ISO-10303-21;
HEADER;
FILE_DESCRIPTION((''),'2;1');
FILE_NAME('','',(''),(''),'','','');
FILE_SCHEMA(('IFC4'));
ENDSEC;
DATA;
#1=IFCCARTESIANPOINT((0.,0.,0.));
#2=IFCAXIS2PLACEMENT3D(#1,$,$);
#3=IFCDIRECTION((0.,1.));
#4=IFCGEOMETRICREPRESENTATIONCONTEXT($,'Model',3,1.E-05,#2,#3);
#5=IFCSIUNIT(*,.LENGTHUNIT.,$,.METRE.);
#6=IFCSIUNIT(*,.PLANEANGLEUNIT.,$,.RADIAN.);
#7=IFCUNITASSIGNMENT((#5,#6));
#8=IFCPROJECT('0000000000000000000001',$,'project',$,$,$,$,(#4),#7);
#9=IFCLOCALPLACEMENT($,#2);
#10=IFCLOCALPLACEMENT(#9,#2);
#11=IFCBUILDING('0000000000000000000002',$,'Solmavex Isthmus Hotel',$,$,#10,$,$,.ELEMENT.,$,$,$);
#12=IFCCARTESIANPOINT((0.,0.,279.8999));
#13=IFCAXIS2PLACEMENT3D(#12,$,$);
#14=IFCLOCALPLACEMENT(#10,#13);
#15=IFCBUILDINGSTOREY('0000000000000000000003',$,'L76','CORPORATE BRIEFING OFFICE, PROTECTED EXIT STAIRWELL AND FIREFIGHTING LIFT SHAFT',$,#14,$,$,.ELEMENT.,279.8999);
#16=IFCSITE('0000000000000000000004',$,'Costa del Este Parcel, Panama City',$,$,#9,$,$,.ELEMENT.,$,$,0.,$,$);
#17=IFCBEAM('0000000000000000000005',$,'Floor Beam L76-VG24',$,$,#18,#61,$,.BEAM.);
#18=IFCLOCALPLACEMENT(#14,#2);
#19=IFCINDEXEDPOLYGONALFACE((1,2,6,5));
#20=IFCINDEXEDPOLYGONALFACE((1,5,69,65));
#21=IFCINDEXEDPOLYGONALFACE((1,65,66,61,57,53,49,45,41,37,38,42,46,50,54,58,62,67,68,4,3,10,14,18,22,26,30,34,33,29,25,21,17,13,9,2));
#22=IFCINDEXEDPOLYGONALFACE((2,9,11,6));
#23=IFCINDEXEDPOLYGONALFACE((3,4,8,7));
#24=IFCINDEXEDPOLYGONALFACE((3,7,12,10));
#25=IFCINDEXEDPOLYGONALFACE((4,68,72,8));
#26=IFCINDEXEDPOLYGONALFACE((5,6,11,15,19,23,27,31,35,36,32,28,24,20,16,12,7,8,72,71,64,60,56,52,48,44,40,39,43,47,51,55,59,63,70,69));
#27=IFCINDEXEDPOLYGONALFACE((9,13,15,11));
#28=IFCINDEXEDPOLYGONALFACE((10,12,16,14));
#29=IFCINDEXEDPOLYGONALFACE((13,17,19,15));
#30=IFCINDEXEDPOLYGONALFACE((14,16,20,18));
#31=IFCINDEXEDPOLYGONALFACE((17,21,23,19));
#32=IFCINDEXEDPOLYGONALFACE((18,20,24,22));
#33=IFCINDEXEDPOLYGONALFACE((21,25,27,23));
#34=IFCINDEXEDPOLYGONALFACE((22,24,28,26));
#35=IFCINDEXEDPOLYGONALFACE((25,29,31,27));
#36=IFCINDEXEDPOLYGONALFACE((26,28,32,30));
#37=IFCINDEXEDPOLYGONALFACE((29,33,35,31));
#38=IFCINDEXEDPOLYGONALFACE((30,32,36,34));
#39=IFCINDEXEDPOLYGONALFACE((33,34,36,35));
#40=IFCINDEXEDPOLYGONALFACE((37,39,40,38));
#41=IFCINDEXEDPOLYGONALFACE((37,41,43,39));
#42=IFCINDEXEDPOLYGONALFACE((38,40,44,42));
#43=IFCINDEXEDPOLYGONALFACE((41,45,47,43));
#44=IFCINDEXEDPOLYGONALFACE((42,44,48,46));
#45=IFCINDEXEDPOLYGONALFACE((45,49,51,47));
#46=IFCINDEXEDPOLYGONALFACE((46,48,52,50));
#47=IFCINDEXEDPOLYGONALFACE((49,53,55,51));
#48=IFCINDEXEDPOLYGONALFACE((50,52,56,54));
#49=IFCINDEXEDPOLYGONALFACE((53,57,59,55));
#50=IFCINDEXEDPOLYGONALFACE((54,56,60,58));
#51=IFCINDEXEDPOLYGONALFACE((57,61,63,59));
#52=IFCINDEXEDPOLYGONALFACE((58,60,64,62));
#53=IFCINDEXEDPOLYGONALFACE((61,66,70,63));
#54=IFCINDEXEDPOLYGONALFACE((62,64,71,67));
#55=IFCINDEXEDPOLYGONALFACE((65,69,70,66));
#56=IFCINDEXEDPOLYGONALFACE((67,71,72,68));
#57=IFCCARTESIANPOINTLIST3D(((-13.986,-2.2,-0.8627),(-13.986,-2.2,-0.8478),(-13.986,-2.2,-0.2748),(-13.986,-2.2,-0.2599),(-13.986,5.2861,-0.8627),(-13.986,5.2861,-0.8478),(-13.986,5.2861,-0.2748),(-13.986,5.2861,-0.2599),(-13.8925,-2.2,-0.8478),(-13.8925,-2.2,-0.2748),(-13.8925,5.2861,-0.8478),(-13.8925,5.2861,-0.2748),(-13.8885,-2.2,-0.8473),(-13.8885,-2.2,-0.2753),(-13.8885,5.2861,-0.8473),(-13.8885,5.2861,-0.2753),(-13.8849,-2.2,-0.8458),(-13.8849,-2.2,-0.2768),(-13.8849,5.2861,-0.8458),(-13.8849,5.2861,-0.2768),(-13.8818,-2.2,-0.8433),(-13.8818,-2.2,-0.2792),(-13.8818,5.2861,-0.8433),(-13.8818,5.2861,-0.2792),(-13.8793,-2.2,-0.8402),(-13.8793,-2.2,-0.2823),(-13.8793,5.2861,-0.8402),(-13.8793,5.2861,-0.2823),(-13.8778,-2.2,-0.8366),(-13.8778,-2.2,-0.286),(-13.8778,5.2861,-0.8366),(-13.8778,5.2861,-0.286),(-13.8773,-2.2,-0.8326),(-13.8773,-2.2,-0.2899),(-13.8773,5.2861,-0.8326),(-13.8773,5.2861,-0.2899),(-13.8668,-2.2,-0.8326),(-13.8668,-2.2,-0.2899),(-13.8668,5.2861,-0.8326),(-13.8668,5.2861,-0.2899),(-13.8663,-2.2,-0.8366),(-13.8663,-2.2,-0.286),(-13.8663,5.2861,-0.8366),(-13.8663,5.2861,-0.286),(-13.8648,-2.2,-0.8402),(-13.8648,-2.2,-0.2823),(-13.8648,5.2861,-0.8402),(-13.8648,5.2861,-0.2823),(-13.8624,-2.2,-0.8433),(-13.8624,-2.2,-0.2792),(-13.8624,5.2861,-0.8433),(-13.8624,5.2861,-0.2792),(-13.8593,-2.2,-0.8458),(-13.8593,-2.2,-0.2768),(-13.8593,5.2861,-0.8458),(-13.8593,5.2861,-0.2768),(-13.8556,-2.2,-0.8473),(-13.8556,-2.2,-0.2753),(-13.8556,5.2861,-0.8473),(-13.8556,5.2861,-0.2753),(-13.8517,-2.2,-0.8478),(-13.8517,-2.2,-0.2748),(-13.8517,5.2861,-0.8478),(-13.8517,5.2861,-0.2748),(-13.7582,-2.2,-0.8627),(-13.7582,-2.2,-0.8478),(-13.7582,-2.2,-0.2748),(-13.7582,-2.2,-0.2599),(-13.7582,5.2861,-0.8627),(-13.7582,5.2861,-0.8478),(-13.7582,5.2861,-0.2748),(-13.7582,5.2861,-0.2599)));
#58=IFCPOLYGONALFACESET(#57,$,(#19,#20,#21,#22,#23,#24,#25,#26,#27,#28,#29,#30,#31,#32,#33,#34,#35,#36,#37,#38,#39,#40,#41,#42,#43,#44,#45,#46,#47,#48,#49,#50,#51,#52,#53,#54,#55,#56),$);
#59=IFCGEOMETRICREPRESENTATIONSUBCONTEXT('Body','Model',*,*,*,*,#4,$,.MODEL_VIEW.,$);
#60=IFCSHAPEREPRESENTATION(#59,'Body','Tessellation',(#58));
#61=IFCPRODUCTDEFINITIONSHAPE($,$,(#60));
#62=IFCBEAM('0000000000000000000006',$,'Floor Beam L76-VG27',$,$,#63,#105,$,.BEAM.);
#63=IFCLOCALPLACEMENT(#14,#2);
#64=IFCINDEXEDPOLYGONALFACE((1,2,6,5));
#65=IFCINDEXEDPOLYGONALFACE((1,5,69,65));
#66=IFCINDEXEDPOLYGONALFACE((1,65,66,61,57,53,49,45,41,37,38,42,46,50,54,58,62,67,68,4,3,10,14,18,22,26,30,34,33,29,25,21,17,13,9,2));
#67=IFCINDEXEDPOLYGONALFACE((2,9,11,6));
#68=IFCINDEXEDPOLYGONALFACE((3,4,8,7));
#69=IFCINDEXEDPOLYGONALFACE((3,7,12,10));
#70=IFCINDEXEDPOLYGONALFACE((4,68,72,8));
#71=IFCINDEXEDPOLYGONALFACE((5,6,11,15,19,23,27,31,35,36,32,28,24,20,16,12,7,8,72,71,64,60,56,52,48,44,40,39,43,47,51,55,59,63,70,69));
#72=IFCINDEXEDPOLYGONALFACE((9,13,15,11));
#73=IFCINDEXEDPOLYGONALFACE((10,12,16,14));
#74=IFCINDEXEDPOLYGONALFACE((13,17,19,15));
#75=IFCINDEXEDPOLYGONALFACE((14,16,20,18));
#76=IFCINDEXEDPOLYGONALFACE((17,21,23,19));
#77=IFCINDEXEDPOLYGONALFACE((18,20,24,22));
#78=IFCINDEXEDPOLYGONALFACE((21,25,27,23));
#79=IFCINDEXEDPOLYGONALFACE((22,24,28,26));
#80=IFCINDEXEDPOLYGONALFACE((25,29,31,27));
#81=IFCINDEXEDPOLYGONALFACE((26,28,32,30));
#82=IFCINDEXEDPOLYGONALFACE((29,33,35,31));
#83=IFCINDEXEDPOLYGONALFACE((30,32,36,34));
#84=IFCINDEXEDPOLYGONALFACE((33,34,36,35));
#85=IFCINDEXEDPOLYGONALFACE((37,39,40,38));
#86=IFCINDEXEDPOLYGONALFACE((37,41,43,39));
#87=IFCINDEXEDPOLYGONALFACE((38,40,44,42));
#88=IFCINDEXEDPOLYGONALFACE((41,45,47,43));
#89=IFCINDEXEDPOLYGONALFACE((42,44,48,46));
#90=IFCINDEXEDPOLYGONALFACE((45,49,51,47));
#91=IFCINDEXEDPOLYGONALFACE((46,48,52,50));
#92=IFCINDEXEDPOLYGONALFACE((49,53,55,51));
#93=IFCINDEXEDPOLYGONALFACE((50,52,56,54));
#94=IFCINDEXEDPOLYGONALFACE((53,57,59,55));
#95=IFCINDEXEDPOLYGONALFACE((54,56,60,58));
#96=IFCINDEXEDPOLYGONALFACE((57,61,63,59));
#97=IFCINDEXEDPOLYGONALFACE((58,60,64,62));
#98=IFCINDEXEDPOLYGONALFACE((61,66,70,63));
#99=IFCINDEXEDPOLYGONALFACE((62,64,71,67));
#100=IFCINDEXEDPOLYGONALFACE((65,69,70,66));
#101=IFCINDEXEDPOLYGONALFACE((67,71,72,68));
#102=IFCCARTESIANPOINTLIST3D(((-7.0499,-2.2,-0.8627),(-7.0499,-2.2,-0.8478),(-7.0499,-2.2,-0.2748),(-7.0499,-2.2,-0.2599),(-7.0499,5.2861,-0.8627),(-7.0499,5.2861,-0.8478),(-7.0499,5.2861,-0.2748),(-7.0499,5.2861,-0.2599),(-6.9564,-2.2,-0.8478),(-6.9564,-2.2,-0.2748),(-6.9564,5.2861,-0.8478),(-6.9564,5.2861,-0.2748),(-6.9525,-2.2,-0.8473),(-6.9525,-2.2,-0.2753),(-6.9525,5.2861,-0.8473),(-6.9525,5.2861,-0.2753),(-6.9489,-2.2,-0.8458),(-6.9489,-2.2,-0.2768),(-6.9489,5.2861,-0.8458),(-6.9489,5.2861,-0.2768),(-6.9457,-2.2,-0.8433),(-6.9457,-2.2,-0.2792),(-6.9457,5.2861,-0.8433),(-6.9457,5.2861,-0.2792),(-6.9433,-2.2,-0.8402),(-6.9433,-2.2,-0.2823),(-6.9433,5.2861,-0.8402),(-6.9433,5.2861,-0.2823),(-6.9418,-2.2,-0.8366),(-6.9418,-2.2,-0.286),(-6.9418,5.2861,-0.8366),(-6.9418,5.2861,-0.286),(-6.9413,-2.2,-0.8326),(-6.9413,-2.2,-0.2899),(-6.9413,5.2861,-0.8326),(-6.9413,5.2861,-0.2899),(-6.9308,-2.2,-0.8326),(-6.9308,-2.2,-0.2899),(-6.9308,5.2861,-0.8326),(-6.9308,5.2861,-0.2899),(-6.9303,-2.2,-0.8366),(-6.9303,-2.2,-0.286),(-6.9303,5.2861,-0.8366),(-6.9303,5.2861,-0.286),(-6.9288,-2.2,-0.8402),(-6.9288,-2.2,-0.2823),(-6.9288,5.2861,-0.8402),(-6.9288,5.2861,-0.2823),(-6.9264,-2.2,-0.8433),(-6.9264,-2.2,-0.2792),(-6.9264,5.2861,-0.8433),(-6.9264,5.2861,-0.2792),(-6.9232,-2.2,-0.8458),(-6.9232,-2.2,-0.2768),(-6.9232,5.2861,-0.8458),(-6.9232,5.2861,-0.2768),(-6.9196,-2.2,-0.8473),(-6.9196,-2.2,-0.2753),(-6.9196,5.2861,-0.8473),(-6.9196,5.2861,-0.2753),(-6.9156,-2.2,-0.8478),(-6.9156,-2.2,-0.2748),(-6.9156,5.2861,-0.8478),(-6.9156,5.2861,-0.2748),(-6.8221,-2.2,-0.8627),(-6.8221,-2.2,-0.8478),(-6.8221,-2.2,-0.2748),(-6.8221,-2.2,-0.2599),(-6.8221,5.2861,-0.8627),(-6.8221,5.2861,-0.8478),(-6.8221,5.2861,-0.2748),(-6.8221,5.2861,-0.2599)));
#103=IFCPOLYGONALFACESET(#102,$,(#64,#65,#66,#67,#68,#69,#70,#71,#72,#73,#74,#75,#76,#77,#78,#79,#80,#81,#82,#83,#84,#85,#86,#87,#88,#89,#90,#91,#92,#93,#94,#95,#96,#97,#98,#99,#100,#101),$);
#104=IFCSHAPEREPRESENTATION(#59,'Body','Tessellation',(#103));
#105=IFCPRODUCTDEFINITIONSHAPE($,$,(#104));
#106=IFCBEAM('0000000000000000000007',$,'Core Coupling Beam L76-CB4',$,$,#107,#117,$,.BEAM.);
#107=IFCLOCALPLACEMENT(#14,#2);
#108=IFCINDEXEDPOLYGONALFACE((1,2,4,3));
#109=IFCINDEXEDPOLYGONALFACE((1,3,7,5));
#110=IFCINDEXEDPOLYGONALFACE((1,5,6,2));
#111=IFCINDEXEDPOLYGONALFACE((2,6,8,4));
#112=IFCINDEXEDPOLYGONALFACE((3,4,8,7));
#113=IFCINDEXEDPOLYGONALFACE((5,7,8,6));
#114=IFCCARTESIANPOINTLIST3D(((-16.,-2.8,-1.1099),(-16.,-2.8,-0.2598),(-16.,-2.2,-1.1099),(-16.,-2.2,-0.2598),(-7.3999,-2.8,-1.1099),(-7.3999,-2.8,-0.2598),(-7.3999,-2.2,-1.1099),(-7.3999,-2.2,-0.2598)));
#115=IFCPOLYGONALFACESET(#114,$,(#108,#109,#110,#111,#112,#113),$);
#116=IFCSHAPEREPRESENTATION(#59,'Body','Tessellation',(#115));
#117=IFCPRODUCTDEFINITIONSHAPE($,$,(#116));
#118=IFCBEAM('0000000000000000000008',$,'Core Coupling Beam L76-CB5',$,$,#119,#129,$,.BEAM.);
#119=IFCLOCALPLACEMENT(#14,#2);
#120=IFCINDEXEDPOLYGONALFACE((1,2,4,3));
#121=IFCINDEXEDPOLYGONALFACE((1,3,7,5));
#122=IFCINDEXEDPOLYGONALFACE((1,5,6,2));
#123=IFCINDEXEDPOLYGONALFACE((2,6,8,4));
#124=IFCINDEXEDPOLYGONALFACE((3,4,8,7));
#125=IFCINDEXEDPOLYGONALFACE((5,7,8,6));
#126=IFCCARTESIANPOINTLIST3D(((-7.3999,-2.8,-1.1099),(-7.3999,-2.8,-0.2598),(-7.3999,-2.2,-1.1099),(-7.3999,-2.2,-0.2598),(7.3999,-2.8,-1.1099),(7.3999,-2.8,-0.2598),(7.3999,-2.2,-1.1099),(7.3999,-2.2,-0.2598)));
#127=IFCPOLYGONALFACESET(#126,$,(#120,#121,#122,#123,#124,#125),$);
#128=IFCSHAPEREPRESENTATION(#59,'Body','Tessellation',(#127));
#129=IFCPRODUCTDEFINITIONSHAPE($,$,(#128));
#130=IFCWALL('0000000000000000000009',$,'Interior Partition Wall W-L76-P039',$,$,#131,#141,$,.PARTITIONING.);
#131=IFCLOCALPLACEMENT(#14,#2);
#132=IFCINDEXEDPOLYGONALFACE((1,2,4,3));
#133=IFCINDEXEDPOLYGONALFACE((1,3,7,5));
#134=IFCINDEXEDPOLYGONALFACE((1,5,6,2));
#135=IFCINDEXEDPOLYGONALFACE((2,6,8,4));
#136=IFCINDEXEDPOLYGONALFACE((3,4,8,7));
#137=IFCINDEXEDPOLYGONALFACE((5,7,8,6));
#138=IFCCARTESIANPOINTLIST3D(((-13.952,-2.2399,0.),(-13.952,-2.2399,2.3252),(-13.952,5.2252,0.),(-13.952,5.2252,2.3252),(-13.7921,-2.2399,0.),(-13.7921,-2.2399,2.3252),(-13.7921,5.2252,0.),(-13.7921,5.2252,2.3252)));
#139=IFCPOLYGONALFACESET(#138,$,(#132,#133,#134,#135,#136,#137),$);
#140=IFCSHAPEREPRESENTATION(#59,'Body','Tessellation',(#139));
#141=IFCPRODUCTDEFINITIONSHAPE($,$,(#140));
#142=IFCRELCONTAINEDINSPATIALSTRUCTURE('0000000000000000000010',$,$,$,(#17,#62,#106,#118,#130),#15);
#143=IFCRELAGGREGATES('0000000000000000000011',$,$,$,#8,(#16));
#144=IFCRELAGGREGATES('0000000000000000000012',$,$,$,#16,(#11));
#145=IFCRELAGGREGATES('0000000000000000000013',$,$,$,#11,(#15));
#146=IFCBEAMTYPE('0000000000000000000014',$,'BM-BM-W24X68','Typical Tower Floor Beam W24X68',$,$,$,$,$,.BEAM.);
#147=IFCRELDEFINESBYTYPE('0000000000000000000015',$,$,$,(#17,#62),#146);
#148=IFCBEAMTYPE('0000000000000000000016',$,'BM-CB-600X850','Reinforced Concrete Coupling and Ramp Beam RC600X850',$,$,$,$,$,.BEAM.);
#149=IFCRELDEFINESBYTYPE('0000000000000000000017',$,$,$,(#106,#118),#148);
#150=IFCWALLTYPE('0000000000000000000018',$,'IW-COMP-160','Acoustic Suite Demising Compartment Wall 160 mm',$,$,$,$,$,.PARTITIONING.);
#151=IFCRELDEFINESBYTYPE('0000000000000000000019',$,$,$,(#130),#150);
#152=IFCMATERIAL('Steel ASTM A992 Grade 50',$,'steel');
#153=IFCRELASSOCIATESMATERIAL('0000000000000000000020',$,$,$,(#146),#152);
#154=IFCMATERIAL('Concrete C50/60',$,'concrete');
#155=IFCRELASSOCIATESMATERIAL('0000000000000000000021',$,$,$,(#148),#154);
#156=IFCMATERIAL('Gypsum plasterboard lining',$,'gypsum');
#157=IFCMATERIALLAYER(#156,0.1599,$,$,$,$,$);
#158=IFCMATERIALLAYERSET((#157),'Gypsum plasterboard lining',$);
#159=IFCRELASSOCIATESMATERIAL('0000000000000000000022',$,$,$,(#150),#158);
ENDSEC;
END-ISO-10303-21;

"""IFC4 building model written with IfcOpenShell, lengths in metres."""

from ifc_helpers import new_model, si_unit, direction, frame, frame_2d, origin, origin_2d, place, context, subcontext, project, spatial, rectangle, i_section, extrude, material, layer, layer_set, material_profile, profile_set, type_object, element, save


model = new_model("IFC4")

# Units and contexts
model_context = context("Model", 3, precision=1e-05, world=origin(), true_north=direction((0.0, 1.0)))
body_context = subcontext(model_context, "Body", "Model", "MODEL_VIEW")
ifc_project = project(units=[si_unit("LENGTHUNIT", "METRE"), si_unit("PLANEANGLEUNIT", "RADIAN")], contexts=[model_context])

# Site, building, storey
site_placement = place(None, origin())
site = spatial("IfcSite", under=ifc_project, at=site_placement, Name="Costa del Este Parcel, Panama City", CompositionType="ELEMENT", RefElevation=0.0)
building_placement = place(site_placement, origin())
building = spatial("IfcBuilding", under=site, at=building_placement, Name="Solmavex Isthmus Hotel", CompositionType="ELEMENT")
storey_placement = place(building_placement, frame((0.0, 0.0, 279.8999)))
storey = spatial("IfcBuildingStorey", under=building, at=storey_placement, Name="L76", Description="CORPORATE BRIEFING OFFICE, PROTECTED EXIT STAIRWELL AND FIREFIGHTING LIFT SHAFT", CompositionType="ELEMENT", Elevation=279.8999)

# Shared definitions
ifc_material_1 = material(Name="Concrete C50/60", Category="concrete")

# Beams
ifc_material_2 = material(Name="Steel ASTM A992 Grade 50", Category="steel")
ifc_material_profile_1 = material_profile(ifc_material_2, i_section(OverallWidth=0.2278, OverallDepth=0.6028, WebThickness=0.0105, FlangeThickness=0.0149, FilletRadius=0.0151, at=origin_2d()), Name="W24X68")
ifc_profile_set_1 = profile_set([ifc_material_profile_1], Name="Steel ASTM A992 Grade 50")
beam_type_1 = type_object("IfcBeamType", Name="BM-BM-W24X68", Description="Typical Tower Floor Beam W24X68", PredefinedType="BEAM", material=ifc_profile_set_1)
for number, where, z_axis, x_axis, name in (
    (1, (-13.8721, -2.2, -0.5613), (0.0, 1.0, 0.0), (-1.0, 0.0, 0.0), "Floor Beam L76-VG24"),
    (2, (-6.936, -2.2, -0.5613), (0.0, 1.0, 0.0), (-1.0, 0.0, 0.0), "Floor Beam L76-VG27"),
):
    element("IfcBeam", number, at=place(storey_placement, frame(where, z_axis=z_axis, x_axis=x_axis)), inside=storey, type_object=beam_type_1, Name=name, PredefinedType="BEAM", context=body_context, shape_type="SweptSolid", body=[
        extrude(i_section(OverallWidth=0.2278, OverallDepth=0.6028, WebThickness=0.0105, FlangeThickness=0.0149, FilletRadius=0.0151, at=origin_2d()), origin(), (0.0, 0.0, 1.0), 7.4861),
    ])
ifc_material_profile_2 = material_profile(ifc_material_1, rectangle(XDim=0.6001, YDim=0.8501, at=origin_2d()), Name="RC600X850")
ifc_profile_set_2 = profile_set([ifc_material_profile_2], Name="Concrete C50/60")
beam_type_2 = type_object("IfcBeamType", Name="BM-CB-600X850", Description="Reinforced Concrete Coupling and Ramp Beam RC600X850", PredefinedType="BEAM", material=ifc_profile_set_2)
beam_1_placement = place(storey_placement, frame((-16.0, -2.5, -0.6848), z_axis=(1.0, 0.0, 0.0), x_axis=(0.0, 1.0, 0.0)))
element("IfcBeam", 3, at=beam_1_placement, inside=storey, type_object=beam_type_2, Name="Core Coupling Beam L76-CB4", PredefinedType="BEAM", context=body_context, shape_type="SweptSolid", body=[
    extrude(rectangle(XDim=0.6001, YDim=0.8501, at=origin_2d()), origin(), (0.0, 0.0, 1.0), 8.6001),
])
beam_2_placement = place(storey_placement, frame((-7.3999, -2.5, -0.6848), z_axis=(1.0, 0.0, 0.0), x_axis=(0.0, 1.0, 0.0)))
element("IfcBeam", 4, at=beam_2_placement, inside=storey, type_object=beam_type_2, Name="Core Coupling Beam L76-CB5", PredefinedType="BEAM", context=body_context, shape_type="SweptSolid", body=[
    extrude(rectangle(XDim=0.6001, YDim=0.8501, at=origin_2d()), origin(), (0.0, 0.0, 1.0), 14.7998),
])

# Wall
ifc_material_3 = material(Name="Gypsum plasterboard lining", Category="gypsum")
ifc_layer_1 = layer(ifc_material_3, 0.1599)
ifc_layer_set_1 = layer_set([ifc_layer_1], Name="Gypsum plasterboard lining")
wall_type_1 = type_object("IfcWallType", Name="IW-COMP-160", Description="Acoustic Suite Demising Compartment Wall 160 mm", PredefinedType="PARTITIONING", material=ifc_layer_set_1)
wall_1_placement = place(storey_placement, frame((-13.8721, 5.2251, 0.0), z_axis=(0.0, 0.0, 1.0), x_axis=(0.0, -1.0, 0.0)))
element("IfcWall", 5, at=wall_1_placement, inside=storey, type_object=wall_type_1, Name="Interior Partition Wall W-L76-P039", PredefinedType="PARTITIONING", context=body_context, shape_type="SweptSolid", body=[
    extrude(rectangle(XDim=7.4651, YDim=0.1599, at=frame_2d((3.7324, 0.0))), origin(), (0.0, 0.0, 1.0), 2.3252),
])

save(model, "model.ifc")
